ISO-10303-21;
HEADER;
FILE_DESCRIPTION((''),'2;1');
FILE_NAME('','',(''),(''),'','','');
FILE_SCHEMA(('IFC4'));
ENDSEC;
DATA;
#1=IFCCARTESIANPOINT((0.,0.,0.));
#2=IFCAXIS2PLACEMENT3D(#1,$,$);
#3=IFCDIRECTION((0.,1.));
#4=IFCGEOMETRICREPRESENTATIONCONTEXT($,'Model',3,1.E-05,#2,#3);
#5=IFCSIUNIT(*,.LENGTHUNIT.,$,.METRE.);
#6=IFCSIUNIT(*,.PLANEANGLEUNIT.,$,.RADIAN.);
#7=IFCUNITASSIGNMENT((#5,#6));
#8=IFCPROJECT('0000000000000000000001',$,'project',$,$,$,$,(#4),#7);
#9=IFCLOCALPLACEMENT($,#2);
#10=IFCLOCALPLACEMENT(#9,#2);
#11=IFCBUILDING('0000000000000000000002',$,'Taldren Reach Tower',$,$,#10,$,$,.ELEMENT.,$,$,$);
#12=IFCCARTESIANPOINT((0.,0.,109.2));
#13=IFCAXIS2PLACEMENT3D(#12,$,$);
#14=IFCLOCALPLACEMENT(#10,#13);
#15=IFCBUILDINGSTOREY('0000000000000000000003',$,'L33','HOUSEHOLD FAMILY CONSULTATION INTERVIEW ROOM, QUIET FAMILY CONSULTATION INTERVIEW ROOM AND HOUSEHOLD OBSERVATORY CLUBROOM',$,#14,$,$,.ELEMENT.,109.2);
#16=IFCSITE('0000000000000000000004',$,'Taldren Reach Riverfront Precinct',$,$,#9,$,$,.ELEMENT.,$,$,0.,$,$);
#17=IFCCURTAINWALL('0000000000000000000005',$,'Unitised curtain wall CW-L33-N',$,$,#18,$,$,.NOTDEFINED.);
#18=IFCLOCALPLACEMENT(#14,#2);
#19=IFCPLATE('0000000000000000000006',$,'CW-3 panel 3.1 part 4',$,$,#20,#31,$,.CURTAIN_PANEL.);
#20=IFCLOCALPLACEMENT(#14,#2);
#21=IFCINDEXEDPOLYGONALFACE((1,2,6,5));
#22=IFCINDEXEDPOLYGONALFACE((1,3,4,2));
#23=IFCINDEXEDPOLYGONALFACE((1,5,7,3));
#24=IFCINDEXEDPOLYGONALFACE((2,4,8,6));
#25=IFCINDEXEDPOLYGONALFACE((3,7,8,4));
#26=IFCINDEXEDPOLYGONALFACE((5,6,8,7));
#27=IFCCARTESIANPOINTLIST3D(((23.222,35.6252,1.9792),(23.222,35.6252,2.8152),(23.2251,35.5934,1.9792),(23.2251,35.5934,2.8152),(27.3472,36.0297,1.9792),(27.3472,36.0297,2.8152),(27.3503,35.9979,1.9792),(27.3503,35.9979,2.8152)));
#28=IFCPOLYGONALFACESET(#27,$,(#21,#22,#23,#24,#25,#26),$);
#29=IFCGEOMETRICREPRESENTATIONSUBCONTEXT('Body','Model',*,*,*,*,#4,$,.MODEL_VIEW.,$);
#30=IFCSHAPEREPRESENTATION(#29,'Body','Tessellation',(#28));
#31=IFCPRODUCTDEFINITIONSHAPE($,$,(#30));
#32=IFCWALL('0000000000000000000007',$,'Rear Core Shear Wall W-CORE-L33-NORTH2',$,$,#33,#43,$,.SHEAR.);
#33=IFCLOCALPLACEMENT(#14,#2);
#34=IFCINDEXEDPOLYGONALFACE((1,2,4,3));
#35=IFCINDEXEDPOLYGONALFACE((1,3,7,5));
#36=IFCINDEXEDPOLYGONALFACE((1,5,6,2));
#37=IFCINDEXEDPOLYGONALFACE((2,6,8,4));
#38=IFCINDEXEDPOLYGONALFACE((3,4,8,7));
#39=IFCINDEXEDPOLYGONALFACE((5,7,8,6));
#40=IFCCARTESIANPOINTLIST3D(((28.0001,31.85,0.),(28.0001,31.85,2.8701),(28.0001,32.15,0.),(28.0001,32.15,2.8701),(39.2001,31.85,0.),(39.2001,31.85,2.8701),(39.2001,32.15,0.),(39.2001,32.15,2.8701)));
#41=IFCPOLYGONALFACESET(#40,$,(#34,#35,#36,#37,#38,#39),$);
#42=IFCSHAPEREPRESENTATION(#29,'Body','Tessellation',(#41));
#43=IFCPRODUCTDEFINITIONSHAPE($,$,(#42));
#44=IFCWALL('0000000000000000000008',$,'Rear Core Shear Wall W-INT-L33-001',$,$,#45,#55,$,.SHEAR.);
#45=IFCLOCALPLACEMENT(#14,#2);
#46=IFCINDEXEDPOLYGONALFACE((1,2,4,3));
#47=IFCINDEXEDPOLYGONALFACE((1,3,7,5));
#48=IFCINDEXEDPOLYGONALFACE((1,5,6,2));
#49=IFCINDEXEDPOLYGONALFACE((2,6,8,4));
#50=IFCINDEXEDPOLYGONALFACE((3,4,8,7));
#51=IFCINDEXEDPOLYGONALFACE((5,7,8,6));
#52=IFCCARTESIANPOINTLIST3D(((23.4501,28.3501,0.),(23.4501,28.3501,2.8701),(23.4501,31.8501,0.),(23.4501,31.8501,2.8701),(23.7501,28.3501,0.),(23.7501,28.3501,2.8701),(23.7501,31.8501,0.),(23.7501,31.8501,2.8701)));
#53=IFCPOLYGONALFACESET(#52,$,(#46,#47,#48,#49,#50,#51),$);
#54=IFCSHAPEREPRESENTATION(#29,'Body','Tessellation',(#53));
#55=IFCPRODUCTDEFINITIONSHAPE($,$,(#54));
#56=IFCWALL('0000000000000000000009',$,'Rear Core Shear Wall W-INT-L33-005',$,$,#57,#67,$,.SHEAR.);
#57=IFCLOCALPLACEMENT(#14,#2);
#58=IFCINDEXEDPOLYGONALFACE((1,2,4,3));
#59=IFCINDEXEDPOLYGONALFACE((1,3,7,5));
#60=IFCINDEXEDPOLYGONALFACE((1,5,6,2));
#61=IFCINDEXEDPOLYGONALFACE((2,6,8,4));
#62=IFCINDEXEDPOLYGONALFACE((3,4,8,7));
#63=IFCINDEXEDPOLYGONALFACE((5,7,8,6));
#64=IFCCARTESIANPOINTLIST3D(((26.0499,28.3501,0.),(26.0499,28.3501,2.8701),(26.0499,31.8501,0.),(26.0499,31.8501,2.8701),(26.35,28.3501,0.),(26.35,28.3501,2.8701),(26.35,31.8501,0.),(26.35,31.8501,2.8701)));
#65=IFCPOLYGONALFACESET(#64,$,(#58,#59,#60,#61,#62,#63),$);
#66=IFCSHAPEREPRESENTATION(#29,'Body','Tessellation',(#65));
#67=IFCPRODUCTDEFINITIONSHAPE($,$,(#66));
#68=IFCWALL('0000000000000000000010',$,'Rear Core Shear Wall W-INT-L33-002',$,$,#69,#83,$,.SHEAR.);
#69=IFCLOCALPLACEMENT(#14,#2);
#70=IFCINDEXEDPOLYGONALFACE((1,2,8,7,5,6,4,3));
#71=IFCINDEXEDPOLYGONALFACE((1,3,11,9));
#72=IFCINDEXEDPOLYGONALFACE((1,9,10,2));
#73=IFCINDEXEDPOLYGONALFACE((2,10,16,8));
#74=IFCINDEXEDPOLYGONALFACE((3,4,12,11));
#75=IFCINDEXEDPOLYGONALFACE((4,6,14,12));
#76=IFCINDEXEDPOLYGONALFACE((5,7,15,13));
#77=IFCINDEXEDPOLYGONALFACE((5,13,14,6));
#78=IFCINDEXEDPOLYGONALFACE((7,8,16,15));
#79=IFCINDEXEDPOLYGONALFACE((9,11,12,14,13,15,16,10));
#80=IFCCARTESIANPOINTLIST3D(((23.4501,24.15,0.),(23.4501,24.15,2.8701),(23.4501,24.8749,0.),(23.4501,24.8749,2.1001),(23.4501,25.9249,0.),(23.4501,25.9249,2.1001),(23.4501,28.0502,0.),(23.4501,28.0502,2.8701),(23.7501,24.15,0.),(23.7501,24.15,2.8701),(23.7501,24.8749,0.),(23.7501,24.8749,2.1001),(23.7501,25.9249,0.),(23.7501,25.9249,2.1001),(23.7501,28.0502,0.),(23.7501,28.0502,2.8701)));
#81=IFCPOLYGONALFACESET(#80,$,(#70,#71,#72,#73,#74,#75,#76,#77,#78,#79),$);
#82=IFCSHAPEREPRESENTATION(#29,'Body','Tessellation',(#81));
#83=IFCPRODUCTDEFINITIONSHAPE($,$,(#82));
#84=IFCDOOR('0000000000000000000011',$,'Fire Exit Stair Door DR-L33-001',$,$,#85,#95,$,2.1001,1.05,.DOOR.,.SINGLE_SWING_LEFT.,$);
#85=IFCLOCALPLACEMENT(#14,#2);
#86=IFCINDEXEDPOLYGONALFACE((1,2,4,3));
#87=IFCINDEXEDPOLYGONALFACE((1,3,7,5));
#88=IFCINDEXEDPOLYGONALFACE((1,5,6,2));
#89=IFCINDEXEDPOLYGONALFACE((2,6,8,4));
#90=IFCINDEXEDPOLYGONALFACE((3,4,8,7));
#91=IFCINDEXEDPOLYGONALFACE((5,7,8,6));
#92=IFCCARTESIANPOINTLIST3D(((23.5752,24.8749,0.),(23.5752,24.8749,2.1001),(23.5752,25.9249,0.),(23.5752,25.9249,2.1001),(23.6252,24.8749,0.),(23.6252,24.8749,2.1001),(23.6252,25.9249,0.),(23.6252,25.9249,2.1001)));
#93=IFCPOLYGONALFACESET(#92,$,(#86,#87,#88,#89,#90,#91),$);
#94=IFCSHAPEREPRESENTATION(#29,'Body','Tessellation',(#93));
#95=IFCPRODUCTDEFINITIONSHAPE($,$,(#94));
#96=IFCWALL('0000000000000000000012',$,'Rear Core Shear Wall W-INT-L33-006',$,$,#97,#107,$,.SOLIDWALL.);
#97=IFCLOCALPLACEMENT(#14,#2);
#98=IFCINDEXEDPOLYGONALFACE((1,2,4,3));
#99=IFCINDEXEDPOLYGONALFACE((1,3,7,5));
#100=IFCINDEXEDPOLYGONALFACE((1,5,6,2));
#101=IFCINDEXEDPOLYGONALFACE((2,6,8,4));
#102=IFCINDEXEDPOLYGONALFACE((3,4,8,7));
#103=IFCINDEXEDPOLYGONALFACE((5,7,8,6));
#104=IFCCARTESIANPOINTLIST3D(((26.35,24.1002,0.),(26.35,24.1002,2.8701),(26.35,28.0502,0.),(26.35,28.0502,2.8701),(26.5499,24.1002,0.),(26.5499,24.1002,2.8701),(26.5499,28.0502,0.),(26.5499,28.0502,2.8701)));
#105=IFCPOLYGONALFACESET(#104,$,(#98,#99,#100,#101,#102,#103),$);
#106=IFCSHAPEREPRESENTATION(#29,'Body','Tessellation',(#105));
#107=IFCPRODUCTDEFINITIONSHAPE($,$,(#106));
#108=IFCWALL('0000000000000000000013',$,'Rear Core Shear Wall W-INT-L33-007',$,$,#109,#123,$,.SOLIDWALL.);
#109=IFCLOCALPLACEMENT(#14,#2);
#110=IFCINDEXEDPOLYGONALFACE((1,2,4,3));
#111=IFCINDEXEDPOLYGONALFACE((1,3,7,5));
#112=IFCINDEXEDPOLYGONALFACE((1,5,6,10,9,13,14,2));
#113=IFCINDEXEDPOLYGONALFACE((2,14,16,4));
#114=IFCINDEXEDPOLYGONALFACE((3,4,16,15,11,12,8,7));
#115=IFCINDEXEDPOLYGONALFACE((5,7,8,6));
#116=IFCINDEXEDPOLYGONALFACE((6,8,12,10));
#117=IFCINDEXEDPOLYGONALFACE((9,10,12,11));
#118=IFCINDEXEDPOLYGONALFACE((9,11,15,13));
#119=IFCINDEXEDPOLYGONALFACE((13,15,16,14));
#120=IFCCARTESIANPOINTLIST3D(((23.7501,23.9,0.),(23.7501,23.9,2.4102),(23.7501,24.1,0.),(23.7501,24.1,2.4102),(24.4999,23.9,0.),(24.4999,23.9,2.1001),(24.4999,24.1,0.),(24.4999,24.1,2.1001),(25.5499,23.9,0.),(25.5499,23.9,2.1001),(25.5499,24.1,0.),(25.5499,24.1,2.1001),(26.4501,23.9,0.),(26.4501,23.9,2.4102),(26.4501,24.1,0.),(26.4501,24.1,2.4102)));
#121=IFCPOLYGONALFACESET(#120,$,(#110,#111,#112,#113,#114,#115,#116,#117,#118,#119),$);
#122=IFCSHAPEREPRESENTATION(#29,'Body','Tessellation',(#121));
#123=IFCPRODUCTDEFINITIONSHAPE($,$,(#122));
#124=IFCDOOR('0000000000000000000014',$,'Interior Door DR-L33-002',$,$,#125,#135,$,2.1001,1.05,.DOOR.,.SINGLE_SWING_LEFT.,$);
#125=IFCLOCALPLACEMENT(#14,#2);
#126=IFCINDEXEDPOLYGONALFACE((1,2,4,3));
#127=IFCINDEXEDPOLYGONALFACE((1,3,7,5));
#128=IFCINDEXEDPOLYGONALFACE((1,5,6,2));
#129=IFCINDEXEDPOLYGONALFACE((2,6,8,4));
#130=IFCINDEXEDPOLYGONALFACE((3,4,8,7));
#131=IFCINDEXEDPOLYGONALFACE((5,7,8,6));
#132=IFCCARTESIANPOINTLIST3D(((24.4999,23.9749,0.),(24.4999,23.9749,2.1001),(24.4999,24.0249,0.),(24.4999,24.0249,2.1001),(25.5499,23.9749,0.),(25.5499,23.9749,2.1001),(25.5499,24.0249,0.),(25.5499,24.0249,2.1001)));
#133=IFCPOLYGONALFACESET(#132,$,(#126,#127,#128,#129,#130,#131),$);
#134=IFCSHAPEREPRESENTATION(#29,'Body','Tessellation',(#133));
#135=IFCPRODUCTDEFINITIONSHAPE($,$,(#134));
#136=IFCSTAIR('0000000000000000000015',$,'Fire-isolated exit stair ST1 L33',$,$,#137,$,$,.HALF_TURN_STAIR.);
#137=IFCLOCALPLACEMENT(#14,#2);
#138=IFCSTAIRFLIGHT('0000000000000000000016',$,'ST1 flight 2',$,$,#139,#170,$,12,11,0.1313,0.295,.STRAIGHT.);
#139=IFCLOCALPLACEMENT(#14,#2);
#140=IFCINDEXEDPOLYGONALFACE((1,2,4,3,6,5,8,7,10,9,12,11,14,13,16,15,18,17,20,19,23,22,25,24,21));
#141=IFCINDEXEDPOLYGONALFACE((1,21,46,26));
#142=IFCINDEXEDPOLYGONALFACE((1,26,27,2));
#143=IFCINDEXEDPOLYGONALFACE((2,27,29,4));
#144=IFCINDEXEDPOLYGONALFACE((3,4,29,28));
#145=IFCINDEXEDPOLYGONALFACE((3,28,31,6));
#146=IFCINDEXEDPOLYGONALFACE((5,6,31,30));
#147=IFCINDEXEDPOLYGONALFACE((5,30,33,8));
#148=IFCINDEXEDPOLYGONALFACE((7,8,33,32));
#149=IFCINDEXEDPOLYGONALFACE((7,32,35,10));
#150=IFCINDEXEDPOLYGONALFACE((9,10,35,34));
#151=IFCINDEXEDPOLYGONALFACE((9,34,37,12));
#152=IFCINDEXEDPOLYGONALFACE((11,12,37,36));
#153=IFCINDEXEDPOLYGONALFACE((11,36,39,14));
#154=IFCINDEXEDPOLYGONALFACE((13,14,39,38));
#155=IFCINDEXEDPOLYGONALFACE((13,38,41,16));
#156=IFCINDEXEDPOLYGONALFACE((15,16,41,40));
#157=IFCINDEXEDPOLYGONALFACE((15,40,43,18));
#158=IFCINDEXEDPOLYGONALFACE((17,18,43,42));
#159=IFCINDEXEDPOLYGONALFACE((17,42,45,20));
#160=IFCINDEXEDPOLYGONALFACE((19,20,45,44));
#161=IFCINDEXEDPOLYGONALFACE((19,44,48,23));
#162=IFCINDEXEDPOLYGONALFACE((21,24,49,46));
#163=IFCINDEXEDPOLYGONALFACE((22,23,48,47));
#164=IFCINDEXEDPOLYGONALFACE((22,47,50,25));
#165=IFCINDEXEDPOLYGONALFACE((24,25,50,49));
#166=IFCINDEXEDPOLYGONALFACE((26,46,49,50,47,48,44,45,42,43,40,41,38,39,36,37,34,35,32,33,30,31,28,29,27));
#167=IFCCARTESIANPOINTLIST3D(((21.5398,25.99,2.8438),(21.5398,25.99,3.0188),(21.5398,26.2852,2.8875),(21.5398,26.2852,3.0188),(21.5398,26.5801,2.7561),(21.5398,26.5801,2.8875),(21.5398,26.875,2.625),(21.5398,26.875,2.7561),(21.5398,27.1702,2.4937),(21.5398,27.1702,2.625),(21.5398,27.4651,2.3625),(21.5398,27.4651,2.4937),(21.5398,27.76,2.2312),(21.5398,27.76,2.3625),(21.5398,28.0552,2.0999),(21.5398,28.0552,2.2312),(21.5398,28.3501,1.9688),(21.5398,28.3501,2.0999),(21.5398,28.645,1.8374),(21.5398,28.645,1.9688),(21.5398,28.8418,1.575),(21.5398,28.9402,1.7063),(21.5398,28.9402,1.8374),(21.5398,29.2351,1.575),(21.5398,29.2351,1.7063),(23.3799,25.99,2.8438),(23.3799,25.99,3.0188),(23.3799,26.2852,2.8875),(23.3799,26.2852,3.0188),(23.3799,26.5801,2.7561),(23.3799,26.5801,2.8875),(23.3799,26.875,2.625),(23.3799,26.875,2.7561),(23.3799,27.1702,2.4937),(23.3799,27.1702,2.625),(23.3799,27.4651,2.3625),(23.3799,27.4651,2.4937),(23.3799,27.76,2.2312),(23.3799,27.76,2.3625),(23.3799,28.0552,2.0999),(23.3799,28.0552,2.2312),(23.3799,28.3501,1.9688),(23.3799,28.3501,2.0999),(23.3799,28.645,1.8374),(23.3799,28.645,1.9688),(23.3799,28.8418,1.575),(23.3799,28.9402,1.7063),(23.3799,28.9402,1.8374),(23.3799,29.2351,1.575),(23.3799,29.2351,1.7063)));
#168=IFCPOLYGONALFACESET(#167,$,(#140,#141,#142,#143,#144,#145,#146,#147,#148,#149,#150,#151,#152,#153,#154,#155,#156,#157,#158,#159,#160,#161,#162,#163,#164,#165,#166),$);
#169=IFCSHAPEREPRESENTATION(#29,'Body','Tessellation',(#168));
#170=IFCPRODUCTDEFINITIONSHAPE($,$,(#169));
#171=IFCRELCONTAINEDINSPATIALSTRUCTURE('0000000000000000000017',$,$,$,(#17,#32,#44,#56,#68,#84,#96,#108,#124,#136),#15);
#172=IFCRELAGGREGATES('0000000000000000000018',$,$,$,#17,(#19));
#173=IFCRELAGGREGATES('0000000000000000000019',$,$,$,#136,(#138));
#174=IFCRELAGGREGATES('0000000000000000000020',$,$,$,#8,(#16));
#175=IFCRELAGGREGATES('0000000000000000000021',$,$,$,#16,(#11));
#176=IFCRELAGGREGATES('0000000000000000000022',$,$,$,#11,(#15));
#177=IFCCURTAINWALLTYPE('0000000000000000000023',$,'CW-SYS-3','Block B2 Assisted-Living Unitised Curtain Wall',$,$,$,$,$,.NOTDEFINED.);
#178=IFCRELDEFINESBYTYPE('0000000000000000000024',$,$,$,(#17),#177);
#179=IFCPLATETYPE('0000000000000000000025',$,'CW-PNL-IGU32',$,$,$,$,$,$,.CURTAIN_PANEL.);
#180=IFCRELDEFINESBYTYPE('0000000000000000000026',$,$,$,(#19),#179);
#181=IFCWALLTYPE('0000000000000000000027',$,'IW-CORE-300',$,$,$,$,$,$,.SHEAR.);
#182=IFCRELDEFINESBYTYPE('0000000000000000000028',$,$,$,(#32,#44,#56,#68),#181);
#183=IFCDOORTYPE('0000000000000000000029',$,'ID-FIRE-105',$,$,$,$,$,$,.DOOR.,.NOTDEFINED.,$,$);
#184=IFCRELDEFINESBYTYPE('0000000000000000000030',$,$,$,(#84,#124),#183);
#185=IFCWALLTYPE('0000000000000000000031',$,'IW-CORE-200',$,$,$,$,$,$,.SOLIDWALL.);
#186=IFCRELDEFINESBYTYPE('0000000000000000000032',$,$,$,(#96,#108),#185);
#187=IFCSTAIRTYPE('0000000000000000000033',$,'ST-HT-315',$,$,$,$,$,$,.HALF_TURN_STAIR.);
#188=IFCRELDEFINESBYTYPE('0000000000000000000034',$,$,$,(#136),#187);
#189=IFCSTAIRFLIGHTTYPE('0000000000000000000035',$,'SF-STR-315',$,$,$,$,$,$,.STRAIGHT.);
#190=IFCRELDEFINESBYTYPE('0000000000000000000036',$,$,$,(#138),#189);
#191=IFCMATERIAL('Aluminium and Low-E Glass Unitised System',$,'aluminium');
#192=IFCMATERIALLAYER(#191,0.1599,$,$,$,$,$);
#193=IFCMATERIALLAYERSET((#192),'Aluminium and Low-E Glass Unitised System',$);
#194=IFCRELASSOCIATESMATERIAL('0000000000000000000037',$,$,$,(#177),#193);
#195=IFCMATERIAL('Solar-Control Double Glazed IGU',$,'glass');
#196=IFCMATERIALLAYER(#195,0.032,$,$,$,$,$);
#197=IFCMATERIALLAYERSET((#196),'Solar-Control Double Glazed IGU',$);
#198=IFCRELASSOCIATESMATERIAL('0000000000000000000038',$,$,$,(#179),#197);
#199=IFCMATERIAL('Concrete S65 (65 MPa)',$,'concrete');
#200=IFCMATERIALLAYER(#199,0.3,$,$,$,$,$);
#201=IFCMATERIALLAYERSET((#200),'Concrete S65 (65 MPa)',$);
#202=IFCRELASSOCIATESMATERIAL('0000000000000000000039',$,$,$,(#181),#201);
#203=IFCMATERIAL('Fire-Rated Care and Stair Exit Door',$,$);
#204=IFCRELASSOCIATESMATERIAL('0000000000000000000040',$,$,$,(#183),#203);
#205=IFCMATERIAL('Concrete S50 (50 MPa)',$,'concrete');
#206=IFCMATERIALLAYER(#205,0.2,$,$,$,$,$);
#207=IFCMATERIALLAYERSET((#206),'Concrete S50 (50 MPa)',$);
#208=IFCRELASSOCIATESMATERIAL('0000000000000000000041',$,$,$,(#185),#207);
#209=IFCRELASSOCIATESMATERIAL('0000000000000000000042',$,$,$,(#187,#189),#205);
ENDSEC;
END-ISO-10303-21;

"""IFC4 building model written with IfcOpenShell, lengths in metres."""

from ifc_helpers import new_model, si_unit, direction, frame, frame_2d, origin, origin_2d, place, context, subcontext, project, spatial, polyline, rectangle, outline, extrude, source, transform, mapped, material, layer, layer_set, type_object, element, fill, aggregate, save


model = new_model("IFC4")

# Units and contexts
model_context = context("Model", 3, precision=1e-05, world=origin(), true_north=direction((0.0, 1.0)))
body_context = subcontext(model_context, "Body", "Model", "MODEL_VIEW")
ifc_project = project(units=[si_unit("LENGTHUNIT", "METRE"), si_unit("PLANEANGLEUNIT", "RADIAN")], contexts=[model_context])

# Site, building, storey
site_placement = place(None, origin())
site = spatial("IfcSite", under=ifc_project, at=site_placement, Name="Taldren Reach Riverfront Precinct", CompositionType="ELEMENT", RefElevation=0.0)
building_placement = place(site_placement, origin())
building = spatial("IfcBuilding", under=site, at=building_placement, Name="Taldren Reach Tower", CompositionType="ELEMENT")
storey_placement = place(building_placement, frame((0.0, 0.0, 109.2)))
storey = spatial("IfcBuildingStorey", under=building, at=storey_placement, Name="L33", Description="HOUSEHOLD FAMILY CONSULTATION INTERVIEW ROOM, QUIET FAMILY CONSULTATION INTERVIEW ROOM AND HOUSEHOLD OBSERVATORY CLUBROOM", CompositionType="ELEMENT", Elevation=109.2)

# Shared definitions
ifc_material_1 = material(Name="Concrete S65 (65 MPa)", Category="concrete")

# Curtain wall, plate
ifc_material_2 = material(Name="Aluminium and Low-E Glass Unitised System", Category="aluminium")
ifc_layer_1 = layer(ifc_material_2, 0.1599)
ifc_layer_set_1 = layer_set([ifc_layer_1], Name="Aluminium and Low-E Glass Unitised System")
curtain_wall_type = type_object("IfcCurtainWallType", Name="CW-SYS-3", Description="Block B2 Assisted-Living Unitised Curtain Wall", PredefinedType="NOTDEFINED", material=ifc_layer_set_1)
curtain_wall_placement = place(storey_placement, origin())
curtain_wall = element("IfcCurtainWall", 1, at=curtain_wall_placement, inside=storey, type_object=curtain_wall_type, Name="Unitised curtain wall CW-L33-N", PredefinedType="NOTDEFINED")
ifc_material_3 = material(Name="Solar-Control Double Glazed IGU", Category="glass")
ifc_layer_2 = layer(ifc_material_3, 0.032)
ifc_layer_set_2 = layer_set([ifc_layer_2], Name="Solar-Control Double Glazed IGU")
plate_type = type_object("IfcPlateType", Name="CW-PNL-IGU32", PredefinedType="CURTAIN_PANEL", material=ifc_layer_set_2)
shared_shape_1 = source(origin(), body_context, "Body", "SweptSolid", [
    extrude(rectangle(XDim=4.145, YDim=0.032, at=origin_2d()), origin(), (0.0, 0.0, 1.0), 0.8359),
])
plate_1_placement = place(storey_placement, frame((25.2861, 35.8115, 1.9792), z_axis=(0.0, 0.0, 1.0), x_axis=(-0.995227, -0.097583, 0.0)))
plate_1 = element("IfcPlate", 2, at=plate_1_placement, type_object=plate_type, Name="CW-3 panel 3.1 part 4", PredefinedType="CURTAIN_PANEL", context=body_context, shape_type="MappedRepresentation", body=[
    mapped(shared_shape_1, transform((0.0, 0.0, 0.0), scale=1.0)),
])
aggregate(curtain_wall, [plate_1])

# Walls
ifc_layer_3 = layer(ifc_material_1, 0.3)
ifc_layer_set_3 = layer_set([ifc_layer_3], Name="Concrete S65 (65 MPa)")
wall_type_1 = type_object("IfcWallType", Name="IW-CORE-300", PredefinedType="SHEAR", material=ifc_layer_set_3)
shared_shape_2 = source(origin(), body_context, "Body", "SweptSolid", [
    extrude(rectangle(XDim=11.2, YDim=0.3, at=frame_2d((5.6001, 0.0))), origin(), (0.0, 0.0, 1.0), 2.8701),
])
wall_1_placement = place(storey_placement, frame((28.0, 32.0, 0.0), z_axis=(0.0, 0.0, 1.0), x_axis=(1.0, 0.0, 0.0)))
element("IfcWall", 3, at=wall_1_placement, inside=storey, type_object=wall_type_1, Name="Rear Core Shear Wall W-CORE-L33-NORTH2", PredefinedType="SHEAR", context=body_context, shape_type="MappedRepresentation", body=[
    mapped(shared_shape_2, transform((0.0, 0.0, 0.0), scale=1.0)),
])
shared_shape_3 = source(origin(), body_context, "Body", "SweptSolid", [
    extrude(rectangle(XDim=3.5, YDim=0.3, at=frame_2d((1.75, 0.0))), origin(), (0.0, 0.0, 1.0), 2.8701),
])
for number, where, z_axis, x_axis, name in (
    (4, (23.6001, 28.3501, 0.0), (0.0, 0.0, 1.0), (0.0, 1.0, 0.0), "Rear Core Shear Wall W-INT-L33-001"),
    (5, (26.2, 28.3501, 0.0), (0.0, 0.0, 1.0), (0.0, 1.0, 0.0), "Rear Core Shear Wall W-INT-L33-005"),
):
    element("IfcWall", number, at=place(storey_placement, frame(where, z_axis=z_axis, x_axis=x_axis)), inside=storey, type_object=wall_type_1, Name=name, PredefinedType="SHEAR", context=body_context, shape_type="MappedRepresentation", body=[
        mapped(shared_shape_3, transform((0.0, 0.0, 0.0), scale=1.0)),
    ])

# Wall, opening, door
shared_shape_4 = source(origin(), body_context, "Body", "SweptSolid", [
    extrude(rectangle(XDim=3.9001, YDim=0.3, at=frame_2d((1.9502, 0.0))), origin(), (0.0, 0.0, 1.0), 2.8701),
])
wall_2_placement = place(storey_placement, frame((23.6001, 24.1499, 0.0), z_axis=(0.0, 0.0, 1.0), x_axis=(0.0, 1.0, 0.0)))
wall_2 = element("IfcWall", 6, at=wall_2_placement, inside=storey, type_object=wall_type_1, Name="Rear Core Shear Wall W-INT-L33-002", PredefinedType="SHEAR", context=body_context, shape_type="MappedRepresentation", body=[
    mapped(shared_shape_4, transform((0.0, 0.0, 0.0), scale=1.0)),
])
shared_shape_5 = source(origin(), body_context, "Body", "SweptSolid", [
    extrude(rectangle(XDim=1.05, YDim=2.1001, at=frame_2d((0.5249, 1.05))), frame((0.0, 0.1602, 0.0), z_axis=(0.0, -1.0, 0.0), x_axis=(1.0, 0.0, 0.0)), (0.0, 0.0, 1.0), 0.3201),
])
opening_1_placement = place(wall_2_placement, frame((0.7251, 0.0, 0.0)))
opening_1 = element("IfcOpeningElement", 7, at=opening_1_placement, cuts=wall_2, PredefinedType="OPENING", context=body_context, shape_type="MappedRepresentation", body=[
    mapped(shared_shape_5, transform((0.0, 0.0, 0.0), scale=1.0)),
])
ifc_material_4 = material(Name="Fire-Rated Care and Stair Exit Door")
door_type_1 = type_object("IfcDoorType", Name="ID-FIRE-105", OperationType="NOTDEFINED", PredefinedType="DOOR", material=ifc_material_4)
shared_shape_6 = source(origin(), body_context, "Body", "SweptSolid", [
    extrude(rectangle(XDim=1.05, YDim=2.1001, at=frame_2d((0.5249, 1.05))), frame((0.0, 0.0249, 0.0), z_axis=(0.0, -1.0, 0.0), x_axis=(1.0, 0.0, 0.0)), (0.0, 0.0, 1.0), 0.05),
])
door_1_placement = place(opening_1_placement, origin())
door_1 = element("IfcDoor", 8, at=door_1_placement, inside=storey, type_object=door_type_1, Name="Fire Exit Stair Door DR-L33-001", OperationType="SINGLE_SWING_LEFT", OverallHeight=2.1001, OverallWidth=1.05, PredefinedType="DOOR", context=body_context, shape_type="MappedRepresentation", body=[
    mapped(shared_shape_6, transform((0.0, 0.0, 0.0), scale=1.0)),
])
fill(opening_1, door_1)

# Wall
ifc_material_5 = material(Name="Concrete S50 (50 MPa)", Category="concrete")
ifc_layer_4 = layer(ifc_material_5, 0.2)
ifc_layer_set_4 = layer_set([ifc_layer_4], Name="Concrete S50 (50 MPa)")
wall_type_2 = type_object("IfcWallType", Name="IW-CORE-200", PredefinedType="SOLIDWALL", material=ifc_layer_set_4)
shared_shape_7 = source(origin(), body_context, "Body", "SweptSolid", [
    extrude(rectangle(XDim=3.95, YDim=0.2, at=frame_2d((1.9751, 0.0))), origin(), (0.0, 0.0, 1.0), 2.8701),
])
wall_3_placement = place(storey_placement, frame((26.45, 24.1001, 0.0), z_axis=(0.0, 0.0, 1.0), x_axis=(0.0, 1.0, 0.0)))
element("IfcWall", 9, at=wall_3_placement, inside=storey, type_object=wall_type_2, Name="Rear Core Shear Wall W-INT-L33-006", PredefinedType="SOLIDWALL", context=body_context, shape_type="MappedRepresentation", body=[
    mapped(shared_shape_7, transform((0.0, 0.0, 0.0), scale=1.0)),
])

# Wall, opening, door
shared_shape_8 = source(origin(), body_context, "Body", "SweptSolid", [
    extrude(rectangle(XDim=2.7, YDim=0.2, at=frame_2d((1.3501, 0.0))), origin(), (0.0, 0.0, 1.0), 2.4102),
])
wall_4_placement = place(storey_placement, frame((23.75, 24.0, 0.0), z_axis=(0.0, 0.0, 1.0), x_axis=(1.0, 0.0, 0.0)))
wall_4 = element("IfcWall", 10, at=wall_4_placement, inside=storey, type_object=wall_type_2, Name="Rear Core Shear Wall W-INT-L33-007", PredefinedType="SOLIDWALL", context=body_context, shape_type="MappedRepresentation", body=[
    mapped(shared_shape_8, transform((0.0, 0.0, 0.0), scale=1.0)),
])
shared_shape_9 = source(origin(), body_context, "Body", "SweptSolid", [
    extrude(rectangle(XDim=1.05, YDim=2.1001, at=frame_2d((0.5249, 1.05))), frame((0.0, 0.1099, 0.0), z_axis=(0.0, -1.0, 0.0), x_axis=(1.0, 0.0, 0.0)), (0.0, 0.0, 1.0), 0.22),
])
opening_2_placement = place(wall_4_placement, frame((0.75, 0.0, 0.0)))
opening_2 = element("IfcOpeningElement", 11, at=opening_2_placement, cuts=wall_4, PredefinedType="OPENING", context=body_context, shape_type="MappedRepresentation", body=[
    mapped(shared_shape_9, transform((0.0, 0.0, 0.0), scale=1.0)),
])
door_2_placement = place(opening_2_placement, origin())
door_2 = element("IfcDoor", 12, at=door_2_placement, inside=storey, type_object=door_type_1, Name="Interior Door DR-L33-002", OperationType="SINGLE_SWING_LEFT", OverallHeight=2.1001, OverallWidth=1.05, PredefinedType="DOOR", context=body_context, shape_type="MappedRepresentation", body=[
    mapped(shared_shape_6, transform((0.0, 0.0, 0.0), scale=1.0)),
])
fill(opening_2, door_2)

# Stair, stair flight
stair_type = type_object("IfcStairType", Name="ST-HT-315", PredefinedType="HALF_TURN_STAIR", material=ifc_material_5)
stair_placement = place(storey_placement, origin())
stair = element("IfcStair", 13, at=stair_placement, inside=storey, type_object=stair_type, Name="Fire-isolated exit stair ST1 L33", PredefinedType="HALF_TURN_STAIR")
stair_flight_type = type_object("IfcStairFlightType", Name="SF-STR-315", PredefinedType="STRAIGHT", material=ifc_material_5)
stair_flight_placement = place(storey_placement, frame((22.46, 29.2351, 1.575), z_axis=(0.0, 0.0, 1.0), x_axis=(0.0, -1.0, 0.0)))
stair_flight = element("IfcStairFlight", 14, at=stair_flight_placement, type_object=stair_flight_type, Name="ST1 flight 2", NumberOfRisers=12, NumberOfTreads=11, PredefinedType="STRAIGHT", RiserHeight=0.1313, TreadLength=0.295, context=body_context, shape_type="SweptSolid", body=[
    extrude(outline(polyline([(0.0, 0.0), (0.0, 0.1313), (0.2949, 0.1313), (0.2949, 0.2625), (0.5901, 0.2625), (0.5901, 0.3938), (0.885, 0.3938), (0.885, 0.5249), (1.1799, 0.5249), (1.1799, 0.6562), (1.4751, 0.6562), (1.4751, 0.7876), (1.77, 0.7876), (1.77, 0.9187), (2.0649, 0.9187), (2.0649, 1.05), (2.3601, 1.05), (2.3601, 1.1812), (2.655, 1.1812), (2.655, 1.3125), (2.95, 1.3125), (2.95, 1.4438), (3.2451, 1.4438), (3.2451, 1.575), (3.2451, 1.2688), (0.3933, 0.0), (0.0, 0.0)])), frame((0.0, 0.9199, 0.0), z_axis=(0.0, -1.0, 0.0), x_axis=(1.0, 0.0, 0.0)), (0.0, 0.0, 1.0), 1.8401),
])
aggregate(stair, [stair_flight])

save(model, "model.ifc")
